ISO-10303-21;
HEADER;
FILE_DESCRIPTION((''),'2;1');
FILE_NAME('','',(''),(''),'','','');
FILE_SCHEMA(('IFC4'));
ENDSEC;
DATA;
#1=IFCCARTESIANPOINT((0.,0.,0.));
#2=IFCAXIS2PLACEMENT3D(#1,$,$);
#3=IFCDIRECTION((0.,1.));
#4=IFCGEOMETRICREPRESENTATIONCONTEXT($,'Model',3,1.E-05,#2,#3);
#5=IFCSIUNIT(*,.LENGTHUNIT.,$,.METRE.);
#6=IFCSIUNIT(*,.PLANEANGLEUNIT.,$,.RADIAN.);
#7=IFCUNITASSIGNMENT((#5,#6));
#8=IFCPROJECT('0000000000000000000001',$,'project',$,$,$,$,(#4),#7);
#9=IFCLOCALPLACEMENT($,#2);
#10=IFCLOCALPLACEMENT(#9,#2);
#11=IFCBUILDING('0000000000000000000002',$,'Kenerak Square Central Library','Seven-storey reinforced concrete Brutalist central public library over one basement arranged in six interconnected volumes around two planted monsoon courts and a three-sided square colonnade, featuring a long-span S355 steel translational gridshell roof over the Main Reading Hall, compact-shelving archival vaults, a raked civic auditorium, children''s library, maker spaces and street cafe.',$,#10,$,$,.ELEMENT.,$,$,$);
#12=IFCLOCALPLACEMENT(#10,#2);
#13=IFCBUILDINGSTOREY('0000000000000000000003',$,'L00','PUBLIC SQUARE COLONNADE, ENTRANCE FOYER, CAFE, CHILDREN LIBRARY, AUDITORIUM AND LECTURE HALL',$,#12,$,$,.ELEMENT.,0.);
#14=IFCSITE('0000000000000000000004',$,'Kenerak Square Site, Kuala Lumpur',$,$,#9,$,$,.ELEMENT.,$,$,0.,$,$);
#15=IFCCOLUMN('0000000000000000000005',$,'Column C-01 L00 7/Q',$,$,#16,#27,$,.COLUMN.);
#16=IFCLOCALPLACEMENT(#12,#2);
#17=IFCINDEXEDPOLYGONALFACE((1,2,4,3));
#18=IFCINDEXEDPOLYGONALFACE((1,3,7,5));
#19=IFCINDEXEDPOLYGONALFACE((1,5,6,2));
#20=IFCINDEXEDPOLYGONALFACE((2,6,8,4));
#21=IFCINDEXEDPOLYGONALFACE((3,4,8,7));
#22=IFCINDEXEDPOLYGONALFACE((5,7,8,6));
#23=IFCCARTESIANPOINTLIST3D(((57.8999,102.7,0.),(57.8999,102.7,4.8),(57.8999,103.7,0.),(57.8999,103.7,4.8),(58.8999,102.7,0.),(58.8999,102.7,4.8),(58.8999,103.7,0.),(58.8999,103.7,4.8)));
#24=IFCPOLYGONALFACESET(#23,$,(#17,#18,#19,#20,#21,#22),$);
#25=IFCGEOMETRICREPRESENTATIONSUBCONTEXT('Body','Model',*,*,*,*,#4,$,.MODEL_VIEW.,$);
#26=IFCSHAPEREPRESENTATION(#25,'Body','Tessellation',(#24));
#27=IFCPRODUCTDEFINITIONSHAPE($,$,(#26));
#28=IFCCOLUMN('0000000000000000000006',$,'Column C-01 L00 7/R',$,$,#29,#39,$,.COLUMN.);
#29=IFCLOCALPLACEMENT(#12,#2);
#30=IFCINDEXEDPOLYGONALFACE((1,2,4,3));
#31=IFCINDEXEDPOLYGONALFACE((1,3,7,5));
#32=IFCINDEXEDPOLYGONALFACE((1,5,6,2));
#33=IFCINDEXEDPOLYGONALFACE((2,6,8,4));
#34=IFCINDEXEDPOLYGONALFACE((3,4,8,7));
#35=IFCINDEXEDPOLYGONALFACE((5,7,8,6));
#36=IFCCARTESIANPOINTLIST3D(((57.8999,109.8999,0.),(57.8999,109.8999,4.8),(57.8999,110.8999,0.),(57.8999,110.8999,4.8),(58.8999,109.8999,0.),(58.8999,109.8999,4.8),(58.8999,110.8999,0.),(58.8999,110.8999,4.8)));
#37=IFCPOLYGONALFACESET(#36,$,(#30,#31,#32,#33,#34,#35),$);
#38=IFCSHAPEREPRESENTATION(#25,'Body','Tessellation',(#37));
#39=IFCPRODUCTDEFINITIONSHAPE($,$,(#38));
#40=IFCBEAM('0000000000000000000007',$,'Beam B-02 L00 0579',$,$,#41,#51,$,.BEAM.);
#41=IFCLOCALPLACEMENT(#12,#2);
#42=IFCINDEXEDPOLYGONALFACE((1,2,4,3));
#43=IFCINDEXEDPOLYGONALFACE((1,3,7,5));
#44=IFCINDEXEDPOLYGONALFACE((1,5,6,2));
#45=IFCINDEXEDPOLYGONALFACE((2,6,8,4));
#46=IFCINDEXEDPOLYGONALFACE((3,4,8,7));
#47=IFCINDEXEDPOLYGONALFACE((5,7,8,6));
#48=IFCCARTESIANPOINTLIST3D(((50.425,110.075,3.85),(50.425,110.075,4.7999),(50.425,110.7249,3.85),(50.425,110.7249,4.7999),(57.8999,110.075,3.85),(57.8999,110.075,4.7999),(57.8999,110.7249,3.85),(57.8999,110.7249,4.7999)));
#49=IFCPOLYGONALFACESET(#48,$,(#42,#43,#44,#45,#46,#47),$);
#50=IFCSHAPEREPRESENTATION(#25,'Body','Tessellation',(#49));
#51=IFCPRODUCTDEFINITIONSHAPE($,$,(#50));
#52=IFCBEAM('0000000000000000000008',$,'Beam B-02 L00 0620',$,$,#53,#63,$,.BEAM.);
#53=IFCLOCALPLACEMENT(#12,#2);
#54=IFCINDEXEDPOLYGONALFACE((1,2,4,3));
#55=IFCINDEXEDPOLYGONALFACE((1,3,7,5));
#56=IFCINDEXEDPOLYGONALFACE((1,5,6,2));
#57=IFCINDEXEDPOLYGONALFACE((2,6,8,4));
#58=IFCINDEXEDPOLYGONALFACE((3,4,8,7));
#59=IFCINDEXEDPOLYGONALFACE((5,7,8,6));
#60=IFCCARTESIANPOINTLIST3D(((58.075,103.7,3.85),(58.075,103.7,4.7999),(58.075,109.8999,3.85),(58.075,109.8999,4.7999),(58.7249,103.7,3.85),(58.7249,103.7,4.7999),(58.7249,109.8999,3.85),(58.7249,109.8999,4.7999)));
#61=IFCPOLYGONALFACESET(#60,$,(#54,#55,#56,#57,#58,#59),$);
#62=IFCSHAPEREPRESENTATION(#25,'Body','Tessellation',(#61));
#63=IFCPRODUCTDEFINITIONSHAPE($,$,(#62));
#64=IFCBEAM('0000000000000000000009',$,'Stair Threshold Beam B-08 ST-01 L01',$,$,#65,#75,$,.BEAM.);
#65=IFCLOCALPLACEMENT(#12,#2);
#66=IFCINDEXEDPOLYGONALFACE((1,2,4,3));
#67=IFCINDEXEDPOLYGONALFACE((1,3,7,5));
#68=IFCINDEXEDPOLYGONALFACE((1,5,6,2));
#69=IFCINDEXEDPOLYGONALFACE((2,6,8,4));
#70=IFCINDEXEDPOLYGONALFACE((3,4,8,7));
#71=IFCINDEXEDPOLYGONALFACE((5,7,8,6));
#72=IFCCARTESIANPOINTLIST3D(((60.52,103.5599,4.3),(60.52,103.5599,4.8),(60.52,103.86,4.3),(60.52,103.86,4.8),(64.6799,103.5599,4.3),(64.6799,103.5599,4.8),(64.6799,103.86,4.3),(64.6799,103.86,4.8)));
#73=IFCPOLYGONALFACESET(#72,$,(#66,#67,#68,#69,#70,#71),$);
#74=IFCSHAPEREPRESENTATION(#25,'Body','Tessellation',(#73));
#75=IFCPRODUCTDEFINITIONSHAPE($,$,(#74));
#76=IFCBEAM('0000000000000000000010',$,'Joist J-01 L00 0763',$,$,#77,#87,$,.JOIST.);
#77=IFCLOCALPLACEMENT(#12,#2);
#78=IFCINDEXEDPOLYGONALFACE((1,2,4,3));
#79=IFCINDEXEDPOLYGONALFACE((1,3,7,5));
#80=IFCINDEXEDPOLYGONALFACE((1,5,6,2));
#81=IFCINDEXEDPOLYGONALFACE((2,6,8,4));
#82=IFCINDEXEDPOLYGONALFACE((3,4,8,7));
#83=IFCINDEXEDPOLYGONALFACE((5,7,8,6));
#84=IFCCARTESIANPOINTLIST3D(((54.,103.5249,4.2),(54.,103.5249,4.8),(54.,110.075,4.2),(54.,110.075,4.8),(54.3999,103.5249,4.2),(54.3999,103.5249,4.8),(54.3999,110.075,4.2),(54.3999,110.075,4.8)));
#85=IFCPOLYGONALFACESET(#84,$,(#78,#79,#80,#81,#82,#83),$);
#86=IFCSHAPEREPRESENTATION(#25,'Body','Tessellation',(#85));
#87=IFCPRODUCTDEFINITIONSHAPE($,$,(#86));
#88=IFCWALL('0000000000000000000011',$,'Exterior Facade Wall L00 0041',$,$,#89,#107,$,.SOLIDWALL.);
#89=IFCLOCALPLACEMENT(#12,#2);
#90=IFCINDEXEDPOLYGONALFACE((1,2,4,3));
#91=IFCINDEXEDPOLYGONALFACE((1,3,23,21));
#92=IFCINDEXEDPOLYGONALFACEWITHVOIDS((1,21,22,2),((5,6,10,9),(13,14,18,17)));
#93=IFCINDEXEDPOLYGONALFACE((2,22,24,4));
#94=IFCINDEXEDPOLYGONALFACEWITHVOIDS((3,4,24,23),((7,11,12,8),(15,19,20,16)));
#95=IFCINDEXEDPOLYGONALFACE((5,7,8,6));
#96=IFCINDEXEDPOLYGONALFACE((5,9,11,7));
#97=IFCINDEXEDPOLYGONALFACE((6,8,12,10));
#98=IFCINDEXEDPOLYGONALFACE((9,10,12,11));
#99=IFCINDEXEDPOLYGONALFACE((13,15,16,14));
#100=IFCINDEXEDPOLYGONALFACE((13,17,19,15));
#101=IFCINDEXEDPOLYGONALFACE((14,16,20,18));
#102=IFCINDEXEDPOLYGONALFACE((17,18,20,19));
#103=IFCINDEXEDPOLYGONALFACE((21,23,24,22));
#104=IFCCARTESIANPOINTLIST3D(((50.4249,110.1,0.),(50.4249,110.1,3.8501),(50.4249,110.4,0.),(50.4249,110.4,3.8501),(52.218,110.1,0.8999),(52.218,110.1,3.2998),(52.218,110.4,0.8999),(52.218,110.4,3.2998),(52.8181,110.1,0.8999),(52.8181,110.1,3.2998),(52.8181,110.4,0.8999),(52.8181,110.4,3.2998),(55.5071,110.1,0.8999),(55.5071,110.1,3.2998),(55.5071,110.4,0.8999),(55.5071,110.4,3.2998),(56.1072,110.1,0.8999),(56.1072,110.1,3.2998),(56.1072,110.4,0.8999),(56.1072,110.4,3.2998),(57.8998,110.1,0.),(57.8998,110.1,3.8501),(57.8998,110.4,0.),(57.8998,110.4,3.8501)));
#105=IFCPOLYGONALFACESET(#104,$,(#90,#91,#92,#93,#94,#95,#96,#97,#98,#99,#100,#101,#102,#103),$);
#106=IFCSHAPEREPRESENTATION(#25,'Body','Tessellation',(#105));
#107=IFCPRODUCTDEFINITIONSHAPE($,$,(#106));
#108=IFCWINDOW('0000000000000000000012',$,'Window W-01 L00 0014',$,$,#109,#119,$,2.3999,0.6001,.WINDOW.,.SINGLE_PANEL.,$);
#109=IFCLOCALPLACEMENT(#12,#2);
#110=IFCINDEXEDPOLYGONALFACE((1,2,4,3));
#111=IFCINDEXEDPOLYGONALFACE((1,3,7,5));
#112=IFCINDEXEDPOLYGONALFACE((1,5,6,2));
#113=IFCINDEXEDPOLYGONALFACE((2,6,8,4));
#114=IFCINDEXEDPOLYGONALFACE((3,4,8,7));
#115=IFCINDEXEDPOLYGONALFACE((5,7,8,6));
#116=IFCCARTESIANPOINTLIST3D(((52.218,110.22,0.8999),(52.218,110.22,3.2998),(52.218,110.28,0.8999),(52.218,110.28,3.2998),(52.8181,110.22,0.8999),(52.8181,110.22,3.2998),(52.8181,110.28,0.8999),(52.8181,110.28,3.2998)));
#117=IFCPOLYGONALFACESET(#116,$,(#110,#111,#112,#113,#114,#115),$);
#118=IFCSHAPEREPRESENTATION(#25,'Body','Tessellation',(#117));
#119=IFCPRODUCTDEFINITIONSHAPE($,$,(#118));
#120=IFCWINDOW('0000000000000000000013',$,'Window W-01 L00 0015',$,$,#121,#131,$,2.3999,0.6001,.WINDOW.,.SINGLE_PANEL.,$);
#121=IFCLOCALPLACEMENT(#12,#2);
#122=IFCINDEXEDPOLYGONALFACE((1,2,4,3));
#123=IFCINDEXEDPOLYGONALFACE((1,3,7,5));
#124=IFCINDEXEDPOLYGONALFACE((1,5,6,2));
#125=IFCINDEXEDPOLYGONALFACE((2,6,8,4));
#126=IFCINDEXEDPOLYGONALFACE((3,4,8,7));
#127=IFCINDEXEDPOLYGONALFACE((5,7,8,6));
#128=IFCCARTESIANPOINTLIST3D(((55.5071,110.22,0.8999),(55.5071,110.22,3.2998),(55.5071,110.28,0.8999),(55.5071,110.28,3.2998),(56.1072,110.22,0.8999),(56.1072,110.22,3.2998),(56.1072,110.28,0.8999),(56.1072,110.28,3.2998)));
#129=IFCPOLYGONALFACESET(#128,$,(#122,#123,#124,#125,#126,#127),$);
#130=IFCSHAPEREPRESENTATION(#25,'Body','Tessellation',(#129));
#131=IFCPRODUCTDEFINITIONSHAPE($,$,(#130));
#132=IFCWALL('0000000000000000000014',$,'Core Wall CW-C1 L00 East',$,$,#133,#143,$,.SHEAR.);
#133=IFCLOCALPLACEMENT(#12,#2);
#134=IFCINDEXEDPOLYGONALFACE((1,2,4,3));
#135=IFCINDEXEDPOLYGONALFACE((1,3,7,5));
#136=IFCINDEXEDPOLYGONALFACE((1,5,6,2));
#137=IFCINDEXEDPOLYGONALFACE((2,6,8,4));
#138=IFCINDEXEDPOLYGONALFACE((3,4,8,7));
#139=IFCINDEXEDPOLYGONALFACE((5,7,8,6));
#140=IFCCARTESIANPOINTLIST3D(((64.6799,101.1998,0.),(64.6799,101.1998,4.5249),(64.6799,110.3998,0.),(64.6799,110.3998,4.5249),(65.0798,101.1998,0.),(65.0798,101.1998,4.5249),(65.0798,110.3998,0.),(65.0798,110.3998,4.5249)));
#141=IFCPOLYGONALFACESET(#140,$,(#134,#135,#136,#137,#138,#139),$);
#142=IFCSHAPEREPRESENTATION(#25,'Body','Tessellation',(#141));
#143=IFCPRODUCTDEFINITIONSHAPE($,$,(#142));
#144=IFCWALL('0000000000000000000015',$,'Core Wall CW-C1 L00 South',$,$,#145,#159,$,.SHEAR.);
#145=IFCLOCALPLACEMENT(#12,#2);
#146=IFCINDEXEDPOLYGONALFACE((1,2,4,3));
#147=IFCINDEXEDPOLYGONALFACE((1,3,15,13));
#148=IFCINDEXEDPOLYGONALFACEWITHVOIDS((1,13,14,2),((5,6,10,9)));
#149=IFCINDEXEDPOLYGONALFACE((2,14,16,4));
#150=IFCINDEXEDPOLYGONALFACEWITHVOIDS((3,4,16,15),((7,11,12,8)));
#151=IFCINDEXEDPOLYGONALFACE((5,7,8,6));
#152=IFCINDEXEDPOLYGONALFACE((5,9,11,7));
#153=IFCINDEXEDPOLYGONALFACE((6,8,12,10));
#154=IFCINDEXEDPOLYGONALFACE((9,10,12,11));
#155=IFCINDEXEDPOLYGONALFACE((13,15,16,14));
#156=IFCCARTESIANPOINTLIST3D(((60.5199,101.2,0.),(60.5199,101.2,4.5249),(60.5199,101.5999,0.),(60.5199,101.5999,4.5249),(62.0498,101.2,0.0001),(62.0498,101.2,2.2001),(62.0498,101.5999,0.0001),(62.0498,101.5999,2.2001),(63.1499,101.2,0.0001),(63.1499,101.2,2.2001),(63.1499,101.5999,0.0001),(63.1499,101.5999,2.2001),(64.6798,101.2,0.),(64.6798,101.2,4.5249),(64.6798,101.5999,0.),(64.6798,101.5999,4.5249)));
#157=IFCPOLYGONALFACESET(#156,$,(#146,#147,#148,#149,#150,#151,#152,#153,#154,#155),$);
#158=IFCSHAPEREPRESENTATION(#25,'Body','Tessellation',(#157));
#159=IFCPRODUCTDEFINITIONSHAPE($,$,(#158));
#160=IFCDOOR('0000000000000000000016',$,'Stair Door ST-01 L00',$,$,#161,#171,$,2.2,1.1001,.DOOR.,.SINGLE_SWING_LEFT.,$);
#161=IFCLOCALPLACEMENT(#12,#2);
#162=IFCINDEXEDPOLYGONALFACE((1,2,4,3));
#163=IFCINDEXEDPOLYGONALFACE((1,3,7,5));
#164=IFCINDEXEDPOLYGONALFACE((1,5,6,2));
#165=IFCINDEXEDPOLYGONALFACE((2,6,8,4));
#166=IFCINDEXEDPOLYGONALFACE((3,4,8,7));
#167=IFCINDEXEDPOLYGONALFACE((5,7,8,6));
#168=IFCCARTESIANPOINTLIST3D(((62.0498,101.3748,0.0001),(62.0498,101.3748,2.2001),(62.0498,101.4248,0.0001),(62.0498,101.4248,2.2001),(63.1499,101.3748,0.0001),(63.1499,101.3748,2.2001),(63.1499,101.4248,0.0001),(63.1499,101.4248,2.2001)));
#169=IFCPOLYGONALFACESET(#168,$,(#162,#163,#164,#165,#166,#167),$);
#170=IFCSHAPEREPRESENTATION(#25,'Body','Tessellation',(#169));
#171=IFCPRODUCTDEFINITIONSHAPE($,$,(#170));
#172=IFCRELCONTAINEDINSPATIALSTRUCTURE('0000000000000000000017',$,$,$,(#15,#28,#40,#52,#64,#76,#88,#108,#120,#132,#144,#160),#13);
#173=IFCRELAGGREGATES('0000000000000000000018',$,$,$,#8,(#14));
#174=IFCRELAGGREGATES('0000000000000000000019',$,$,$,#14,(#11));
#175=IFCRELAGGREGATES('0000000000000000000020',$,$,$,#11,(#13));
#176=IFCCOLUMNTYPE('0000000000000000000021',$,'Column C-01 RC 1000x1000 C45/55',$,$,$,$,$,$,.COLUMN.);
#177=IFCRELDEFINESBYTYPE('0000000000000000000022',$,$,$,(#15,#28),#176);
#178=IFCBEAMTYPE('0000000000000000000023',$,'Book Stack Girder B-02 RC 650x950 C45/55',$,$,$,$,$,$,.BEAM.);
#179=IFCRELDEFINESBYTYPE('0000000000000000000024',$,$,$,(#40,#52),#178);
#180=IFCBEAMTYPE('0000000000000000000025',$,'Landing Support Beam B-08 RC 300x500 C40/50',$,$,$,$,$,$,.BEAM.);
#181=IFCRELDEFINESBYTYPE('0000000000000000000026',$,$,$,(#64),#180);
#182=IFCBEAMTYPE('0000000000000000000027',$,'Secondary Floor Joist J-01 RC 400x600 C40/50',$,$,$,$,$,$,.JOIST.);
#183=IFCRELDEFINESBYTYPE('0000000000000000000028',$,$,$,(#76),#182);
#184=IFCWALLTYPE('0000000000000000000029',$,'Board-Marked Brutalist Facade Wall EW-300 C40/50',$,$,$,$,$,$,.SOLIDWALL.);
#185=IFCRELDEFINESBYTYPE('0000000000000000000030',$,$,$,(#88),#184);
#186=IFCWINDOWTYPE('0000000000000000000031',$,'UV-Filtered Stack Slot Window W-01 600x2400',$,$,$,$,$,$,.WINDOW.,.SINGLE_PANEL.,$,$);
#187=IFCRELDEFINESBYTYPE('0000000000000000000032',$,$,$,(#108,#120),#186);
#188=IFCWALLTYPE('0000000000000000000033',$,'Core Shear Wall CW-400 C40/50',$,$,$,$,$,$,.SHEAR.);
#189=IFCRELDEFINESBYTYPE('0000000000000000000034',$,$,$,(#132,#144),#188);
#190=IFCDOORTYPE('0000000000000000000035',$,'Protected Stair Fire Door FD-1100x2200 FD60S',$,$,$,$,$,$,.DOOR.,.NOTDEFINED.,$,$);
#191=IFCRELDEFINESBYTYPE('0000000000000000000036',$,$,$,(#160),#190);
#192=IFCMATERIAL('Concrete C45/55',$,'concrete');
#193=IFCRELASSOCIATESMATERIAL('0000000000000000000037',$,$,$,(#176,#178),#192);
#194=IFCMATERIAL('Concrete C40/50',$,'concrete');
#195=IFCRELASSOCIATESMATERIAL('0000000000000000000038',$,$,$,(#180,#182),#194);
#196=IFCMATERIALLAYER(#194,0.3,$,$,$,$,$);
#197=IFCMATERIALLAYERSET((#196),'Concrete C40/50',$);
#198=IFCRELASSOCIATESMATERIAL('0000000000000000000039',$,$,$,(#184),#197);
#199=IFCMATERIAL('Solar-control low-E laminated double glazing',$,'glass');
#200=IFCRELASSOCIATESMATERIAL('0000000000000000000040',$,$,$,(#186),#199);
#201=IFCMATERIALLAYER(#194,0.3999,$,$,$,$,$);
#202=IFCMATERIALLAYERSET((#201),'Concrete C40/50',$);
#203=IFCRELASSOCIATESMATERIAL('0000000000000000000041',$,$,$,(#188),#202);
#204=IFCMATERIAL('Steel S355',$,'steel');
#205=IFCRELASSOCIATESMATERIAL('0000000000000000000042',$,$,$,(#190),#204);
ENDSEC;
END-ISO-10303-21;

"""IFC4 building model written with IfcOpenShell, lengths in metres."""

from ifc_helpers import new_model, si_unit, direction, frame, frame_2d, origin, origin_2d, place, context, subcontext, project, spatial, rectangle, extrude, material, layer, layer_set, material_profile, profile_set, type_object, element, fill, save


model = new_model("IFC4")

# Units and contexts
model_context = context("Model", 3, precision=1e-05, world=origin(), true_north=direction((0.0, 1.0)))
body_context = subcontext(model_context, "Body", "Model", "MODEL_VIEW")
ifc_project = project(units=[si_unit("LENGTHUNIT", "METRE"), si_unit("PLANEANGLEUNIT", "RADIAN")], contexts=[model_context])

# Site, building, storey
site_placement = place(None, origin())
site = spatial("IfcSite", under=ifc_project, at=site_placement, Name="Kenerak Square Site, Kuala Lumpur", CompositionType="ELEMENT", RefElevation=0.0)
building_placement = place(site_placement, origin())
building = spatial("IfcBuilding", under=site, at=building_placement, Name="Kenerak Square Central Library", Description="Seven-storey reinforced concrete Brutalist central public library over one basement arranged in six interconnected volumes around two planted monsoon courts and a three-sided square colonnade, featuring a long-span S355 steel translational gridshell roof over the Main Reading Hall, compact-shelving archival vaults, a raked civic auditorium, children's library, maker spaces and street cafe.", CompositionType="ELEMENT")
storey_placement = place(building_placement, origin())
storey = spatial("IfcBuildingStorey", under=building, at=storey_placement, Name="L00", Description="PUBLIC SQUARE COLONNADE, ENTRANCE FOYER, CAFE, CHILDREN LIBRARY, AUDITORIUM AND LECTURE HALL", CompositionType="ELEMENT", Elevation=0.0)

# Columns
ifc_material_1 = material(Name="Concrete C45/55", Category="concrete")
ifc_material_profile_1 = material_profile(ifc_material_1, rectangle(XDim=1.0, YDim=1.0, at=origin_2d()), Name="RC 1000x1000")
ifc_profile_set_1 = profile_set([ifc_material_profile_1], Name="Concrete C45/55")
column_type = type_object("IfcColumnType", Name="Column C-01 RC 1000x1000 C45/55", PredefinedType="COLUMN", material=ifc_profile_set_1)
for number, where, z_axis, x_axis, name in (
    (1, (58.3999, 103.2, 0.0), (0.0, 0.0, 1.0), (1.0, 0.0, 0.0), "Column C-01 L00 7/Q"),
    (2, (58.3999, 110.3999, 0.0), (0.0, 0.0, 1.0), (1.0, 0.0, 0.0), "Column C-01 L00 7/R"),
):
    element("IfcColumn", number, at=place(storey_placement, frame(where, z_axis=z_axis, x_axis=x_axis)), inside=storey, type_object=column_type, Name=name, PredefinedType="COLUMN", context=body_context, shape_type="SweptSolid", body=[
        extrude(rectangle(XDim=1.0, YDim=1.0, at=origin_2d()), origin(), (0.0, 0.0, 1.0), 4.8),
    ])

# Beams
ifc_material_profile_2 = material_profile(ifc_material_1, rectangle(XDim=0.6499, YDim=0.95, at=origin_2d()), Name="RC 650x950")
ifc_profile_set_2 = profile_set([ifc_material_profile_2], Name="Concrete C45/55")
beam_type_1 = type_object("IfcBeamType", Name="Book Stack Girder B-02 RC 650x950 C45/55", PredefinedType="BEAM", material=ifc_profile_set_2)
beam_1_placement = place(storey_placement, frame((50.425, 110.3999, 4.325), z_axis=(1.0, 0.0, 0.0), x_axis=(0.0, 1.0, 0.0)))
element("IfcBeam", 3, at=beam_1_placement, inside=storey, type_object=beam_type_1, Name="Beam B-02 L00 0579", PredefinedType="BEAM", context=body_context, shape_type="SweptSolid", body=[
    extrude(rectangle(XDim=0.6499, YDim=0.95, at=origin_2d()), origin(), (0.0, 0.0, 1.0), 7.4749),
])
beam_2_placement = place(storey_placement, frame((58.3999, 103.7, 4.325), z_axis=(0.0, 1.0, 0.0), x_axis=(-1.0, 0.0, 0.0)))
element("IfcBeam", 4, at=beam_2_placement, inside=storey, type_object=beam_type_1, Name="Beam B-02 L00 0620", PredefinedType="BEAM", context=body_context, shape_type="SweptSolid", body=[
    extrude(rectangle(XDim=0.6499, YDim=0.95, at=origin_2d()), origin(), (0.0, 0.0, 1.0), 6.2),
])
ifc_material_2 = material(Name="Concrete C40/50", Category="concrete")
ifc_material_profile_3 = material_profile(ifc_material_2, rectangle(XDim=0.3, YDim=0.5, at=origin_2d()), Name="RC 300x500")
ifc_profile_set_3 = profile_set([ifc_material_profile_3], Name="Concrete C40/50")
beam_type_2 = type_object("IfcBeamType", Name="Landing Support Beam B-08 RC 300x500 C40/50", PredefinedType="BEAM", material=ifc_profile_set_3)
beam_3_placement = place(storey_placement, frame((60.52, 103.71, 4.55), z_axis=(1.0, 0.0, 0.0), x_axis=(0.0, 1.0, 0.0)))
element("IfcBeam", 5, at=beam_3_placement, inside=storey, type_object=beam_type_2, Name="Stair Threshold Beam B-08 ST-01 L01", PredefinedType="BEAM", context=body_context, shape_type="SweptSolid", body=[
    extrude(rectangle(XDim=0.3, YDim=0.5, at=origin_2d()), origin(), (0.0, 0.0, 1.0), 4.1599),
])
ifc_material_profile_4 = material_profile(ifc_material_2, rectangle(XDim=0.3999, YDim=0.6001, at=origin_2d()), Name="RC 400x600")
ifc_profile_set_4 = profile_set([ifc_material_profile_4], Name="Concrete C40/50")
beam_type_3 = type_object("IfcBeamType", Name="Secondary Floor Joist J-01 RC 400x600 C40/50", PredefinedType="JOIST", material=ifc_profile_set_4)
beam_4_placement = place(storey_placement, frame((54.2, 103.5249, 4.5), z_axis=(0.0, 1.0, 0.0), x_axis=(-1.0, 0.0, 0.0)))
element("IfcBeam", 6, at=beam_4_placement, inside=storey, type_object=beam_type_3, Name="Joist J-01 L00 0763", PredefinedType="JOIST", context=body_context, shape_type="SweptSolid", body=[
    extrude(rectangle(XDim=0.3999, YDim=0.6001, at=origin_2d()), origin(), (0.0, 0.0, 1.0), 6.55),
])

# Wall, openings, windows
ifc_layer_1 = layer(ifc_material_2, 0.3)
ifc_layer_set_1 = layer_set([ifc_layer_1], Name="Concrete C40/50")
wall_type_1 = type_object("IfcWallType", Name="Board-Marked Brutalist Facade Wall EW-300 C40/50", PredefinedType="SOLIDWALL", material=ifc_layer_set_1)
wall_1_placement = place(storey_placement, frame((50.425, 110.25, 0.0), z_axis=(0.0, 0.0, 1.0), x_axis=(1.0, 0.0, 0.0)))
wall_1 = element("IfcWall", 7, at=wall_1_placement, inside=storey, type_object=wall_type_1, Name="Exterior Facade Wall L00 0041", PredefinedType="SOLIDWALL", context=body_context, shape_type="SweptSolid", body=[
    extrude(rectangle(XDim=7.4749, YDim=0.3, at=frame_2d((3.7373, 0.0))), origin(), (0.0, 0.0, 1.0), 3.8501),
])
opening_1_placement = place(wall_1_placement, frame((1.793, 0.0, 0.8999)))
opening_1 = element("IfcOpeningElement", 8, at=opening_1_placement, cuts=wall_1, PredefinedType="OPENING", context=body_context, shape_type="SweptSolid", body=[
    extrude(rectangle(XDim=0.6001, YDim=2.3999, at=frame_2d((0.3, 1.2))), frame((0.0, 0.1599, 0.0), z_axis=(0.0, -1.0, 0.0), x_axis=(1.0, 0.0, 0.0)), (0.0, 0.0, 1.0), 0.3201),
])
opening_2_placement = place(wall_1_placement, frame((5.082, 0.0, 0.8999)))
opening_2 = element("IfcOpeningElement", 9, at=opening_2_placement, cuts=wall_1, PredefinedType="OPENING", context=body_context, shape_type="SweptSolid", body=[
    extrude(rectangle(XDim=0.6001, YDim=2.3999, at=frame_2d((0.3, 1.2))), frame((0.0, 0.1599, 0.0), z_axis=(0.0, -1.0, 0.0), x_axis=(1.0, 0.0, 0.0)), (0.0, 0.0, 1.0), 0.3201),
])
ifc_material_3 = material(Name="Solar-control low-E laminated double glazing", Category="glass")
window_type = type_object("IfcWindowType", Name="UV-Filtered Stack Slot Window W-01 600x2400", PartitioningType="SINGLE_PANEL", PredefinedType="WINDOW", material=ifc_material_3)
window_1_placement = place(opening_1_placement, origin())
window_1 = element("IfcWindow", 10, at=window_1_placement, inside=storey, type_object=window_type, Name="Window W-01 L00 0014", OverallHeight=2.3999, OverallWidth=0.6001, PartitioningType="SINGLE_PANEL", PredefinedType="WINDOW", context=body_context, shape_type="SweptSolid", body=[
    extrude(rectangle(XDim=0.6001, YDim=2.3999, at=frame_2d((0.3, 1.2))), frame((0.0, 0.03, 0.0), z_axis=(0.0, -1.0, 0.0), x_axis=(1.0, 0.0, 0.0)), (0.0, 0.0, 1.0), 0.0601),
])
fill(opening_1, window_1)
window_2_placement = place(opening_2_placement, origin())
window_2 = element("IfcWindow", 11, at=window_2_placement, inside=storey, type_object=window_type, Name="Window W-01 L00 0015", OverallHeight=2.3999, OverallWidth=0.6001, PartitioningType="SINGLE_PANEL", PredefinedType="WINDOW", context=body_context, shape_type="SweptSolid", body=[
    extrude(rectangle(XDim=0.6001, YDim=2.3999, at=frame_2d((0.3, 1.2))), frame((0.0, 0.03, 0.0), z_axis=(0.0, -1.0, 0.0), x_axis=(1.0, 0.0, 0.0)), (0.0, 0.0, 1.0), 0.0601),
])
fill(opening_2, window_2)

# Wall
ifc_layer_2 = layer(ifc_material_2, 0.3999)
ifc_layer_set_2 = layer_set([ifc_layer_2], Name="Concrete C40/50")
wall_type_2 = type_object("IfcWallType", Name="Core Shear Wall CW-400 C40/50", PredefinedType="SHEAR", material=ifc_layer_set_2)
wall_2_placement = place(storey_placement, frame((64.8799, 110.3999, 0.0), z_axis=(0.0, 0.0, 1.0), x_axis=(0.0, -1.0, 0.0)))
element("IfcWall", 12, at=wall_2_placement, inside=storey, type_object=wall_type_2, Name="Core Wall CW-C1 L00 East", PredefinedType="SHEAR", context=body_context, shape_type="SweptSolid", body=[
    extrude(rectangle(XDim=9.2, YDim=0.3999, at=frame_2d((4.6001, 0.0))), origin(), (0.0, 0.0, 1.0), 4.5249),
])

# Wall, opening, door
wall_3_placement = place(storey_placement, frame((64.6799, 101.3999, 0.0), z_axis=(0.0, 0.0, 1.0), x_axis=(-1.0, 0.0, 0.0)))
wall_3 = element("IfcWall", 13, at=wall_3_placement, inside=storey, type_object=wall_type_2, Name="Core Wall CW-C1 L00 South", PredefinedType="SHEAR", context=body_context, shape_type="SweptSolid", body=[
    extrude(rectangle(XDim=4.1599, YDim=0.3999, at=frame_2d((2.0801, 0.0))), origin(), (0.0, 0.0, 1.0), 4.5249),
])
opening_3_placement = place(wall_3_placement, frame((1.53, 0.0, 0.0)))
opening_3 = element("IfcOpeningElement", 14, at=opening_3_placement, cuts=wall_3, PredefinedType="OPENING", context=body_context, shape_type="SweptSolid", body=[
    extrude(rectangle(XDim=1.1001, YDim=2.2, at=frame_2d((0.55, 1.1001))), frame((0.0, 0.21, 0.0), z_axis=(0.0, -1.0, 0.0), x_axis=(1.0, 0.0, 0.0)), (0.0, 0.0, 1.0), 0.4199),
])
ifc_material_4 = material(Name="Steel S355", Category="steel")
door_type_1 = type_object("IfcDoorType", Name="Protected Stair Fire Door FD-1100x2200 FD60S", OperationType="NOTDEFINED", PredefinedType="DOOR", material=ifc_material_4)
door_1_placement = place(opening_3_placement, frame((1.1001, 0.0, 0.0), z_axis=(0.0, 0.0, 1.0), x_axis=(-1.0, 0.0, 0.0)))
door_1 = element("IfcDoor", 15, at=door_1_placement, inside=storey, type_object=door_type_1, Name="Stair Door ST-01 L00", OperationType="SINGLE_SWING_LEFT", OverallHeight=2.2, OverallWidth=1.1001, PredefinedType="DOOR", context=body_context, shape_type="SweptSolid", body=[
    extrude(rectangle(XDim=1.1001, YDim=2.2, at=frame_2d((0.55, 1.1001))), frame((0.0, 0.0249, 0.0), z_axis=(0.0, -1.0, 0.0), x_axis=(1.0, 0.0, 0.0)), (0.0, 0.0, 1.0), 0.05),
])
fill(opening_3, door_1)

save(model, "model.ifc")
